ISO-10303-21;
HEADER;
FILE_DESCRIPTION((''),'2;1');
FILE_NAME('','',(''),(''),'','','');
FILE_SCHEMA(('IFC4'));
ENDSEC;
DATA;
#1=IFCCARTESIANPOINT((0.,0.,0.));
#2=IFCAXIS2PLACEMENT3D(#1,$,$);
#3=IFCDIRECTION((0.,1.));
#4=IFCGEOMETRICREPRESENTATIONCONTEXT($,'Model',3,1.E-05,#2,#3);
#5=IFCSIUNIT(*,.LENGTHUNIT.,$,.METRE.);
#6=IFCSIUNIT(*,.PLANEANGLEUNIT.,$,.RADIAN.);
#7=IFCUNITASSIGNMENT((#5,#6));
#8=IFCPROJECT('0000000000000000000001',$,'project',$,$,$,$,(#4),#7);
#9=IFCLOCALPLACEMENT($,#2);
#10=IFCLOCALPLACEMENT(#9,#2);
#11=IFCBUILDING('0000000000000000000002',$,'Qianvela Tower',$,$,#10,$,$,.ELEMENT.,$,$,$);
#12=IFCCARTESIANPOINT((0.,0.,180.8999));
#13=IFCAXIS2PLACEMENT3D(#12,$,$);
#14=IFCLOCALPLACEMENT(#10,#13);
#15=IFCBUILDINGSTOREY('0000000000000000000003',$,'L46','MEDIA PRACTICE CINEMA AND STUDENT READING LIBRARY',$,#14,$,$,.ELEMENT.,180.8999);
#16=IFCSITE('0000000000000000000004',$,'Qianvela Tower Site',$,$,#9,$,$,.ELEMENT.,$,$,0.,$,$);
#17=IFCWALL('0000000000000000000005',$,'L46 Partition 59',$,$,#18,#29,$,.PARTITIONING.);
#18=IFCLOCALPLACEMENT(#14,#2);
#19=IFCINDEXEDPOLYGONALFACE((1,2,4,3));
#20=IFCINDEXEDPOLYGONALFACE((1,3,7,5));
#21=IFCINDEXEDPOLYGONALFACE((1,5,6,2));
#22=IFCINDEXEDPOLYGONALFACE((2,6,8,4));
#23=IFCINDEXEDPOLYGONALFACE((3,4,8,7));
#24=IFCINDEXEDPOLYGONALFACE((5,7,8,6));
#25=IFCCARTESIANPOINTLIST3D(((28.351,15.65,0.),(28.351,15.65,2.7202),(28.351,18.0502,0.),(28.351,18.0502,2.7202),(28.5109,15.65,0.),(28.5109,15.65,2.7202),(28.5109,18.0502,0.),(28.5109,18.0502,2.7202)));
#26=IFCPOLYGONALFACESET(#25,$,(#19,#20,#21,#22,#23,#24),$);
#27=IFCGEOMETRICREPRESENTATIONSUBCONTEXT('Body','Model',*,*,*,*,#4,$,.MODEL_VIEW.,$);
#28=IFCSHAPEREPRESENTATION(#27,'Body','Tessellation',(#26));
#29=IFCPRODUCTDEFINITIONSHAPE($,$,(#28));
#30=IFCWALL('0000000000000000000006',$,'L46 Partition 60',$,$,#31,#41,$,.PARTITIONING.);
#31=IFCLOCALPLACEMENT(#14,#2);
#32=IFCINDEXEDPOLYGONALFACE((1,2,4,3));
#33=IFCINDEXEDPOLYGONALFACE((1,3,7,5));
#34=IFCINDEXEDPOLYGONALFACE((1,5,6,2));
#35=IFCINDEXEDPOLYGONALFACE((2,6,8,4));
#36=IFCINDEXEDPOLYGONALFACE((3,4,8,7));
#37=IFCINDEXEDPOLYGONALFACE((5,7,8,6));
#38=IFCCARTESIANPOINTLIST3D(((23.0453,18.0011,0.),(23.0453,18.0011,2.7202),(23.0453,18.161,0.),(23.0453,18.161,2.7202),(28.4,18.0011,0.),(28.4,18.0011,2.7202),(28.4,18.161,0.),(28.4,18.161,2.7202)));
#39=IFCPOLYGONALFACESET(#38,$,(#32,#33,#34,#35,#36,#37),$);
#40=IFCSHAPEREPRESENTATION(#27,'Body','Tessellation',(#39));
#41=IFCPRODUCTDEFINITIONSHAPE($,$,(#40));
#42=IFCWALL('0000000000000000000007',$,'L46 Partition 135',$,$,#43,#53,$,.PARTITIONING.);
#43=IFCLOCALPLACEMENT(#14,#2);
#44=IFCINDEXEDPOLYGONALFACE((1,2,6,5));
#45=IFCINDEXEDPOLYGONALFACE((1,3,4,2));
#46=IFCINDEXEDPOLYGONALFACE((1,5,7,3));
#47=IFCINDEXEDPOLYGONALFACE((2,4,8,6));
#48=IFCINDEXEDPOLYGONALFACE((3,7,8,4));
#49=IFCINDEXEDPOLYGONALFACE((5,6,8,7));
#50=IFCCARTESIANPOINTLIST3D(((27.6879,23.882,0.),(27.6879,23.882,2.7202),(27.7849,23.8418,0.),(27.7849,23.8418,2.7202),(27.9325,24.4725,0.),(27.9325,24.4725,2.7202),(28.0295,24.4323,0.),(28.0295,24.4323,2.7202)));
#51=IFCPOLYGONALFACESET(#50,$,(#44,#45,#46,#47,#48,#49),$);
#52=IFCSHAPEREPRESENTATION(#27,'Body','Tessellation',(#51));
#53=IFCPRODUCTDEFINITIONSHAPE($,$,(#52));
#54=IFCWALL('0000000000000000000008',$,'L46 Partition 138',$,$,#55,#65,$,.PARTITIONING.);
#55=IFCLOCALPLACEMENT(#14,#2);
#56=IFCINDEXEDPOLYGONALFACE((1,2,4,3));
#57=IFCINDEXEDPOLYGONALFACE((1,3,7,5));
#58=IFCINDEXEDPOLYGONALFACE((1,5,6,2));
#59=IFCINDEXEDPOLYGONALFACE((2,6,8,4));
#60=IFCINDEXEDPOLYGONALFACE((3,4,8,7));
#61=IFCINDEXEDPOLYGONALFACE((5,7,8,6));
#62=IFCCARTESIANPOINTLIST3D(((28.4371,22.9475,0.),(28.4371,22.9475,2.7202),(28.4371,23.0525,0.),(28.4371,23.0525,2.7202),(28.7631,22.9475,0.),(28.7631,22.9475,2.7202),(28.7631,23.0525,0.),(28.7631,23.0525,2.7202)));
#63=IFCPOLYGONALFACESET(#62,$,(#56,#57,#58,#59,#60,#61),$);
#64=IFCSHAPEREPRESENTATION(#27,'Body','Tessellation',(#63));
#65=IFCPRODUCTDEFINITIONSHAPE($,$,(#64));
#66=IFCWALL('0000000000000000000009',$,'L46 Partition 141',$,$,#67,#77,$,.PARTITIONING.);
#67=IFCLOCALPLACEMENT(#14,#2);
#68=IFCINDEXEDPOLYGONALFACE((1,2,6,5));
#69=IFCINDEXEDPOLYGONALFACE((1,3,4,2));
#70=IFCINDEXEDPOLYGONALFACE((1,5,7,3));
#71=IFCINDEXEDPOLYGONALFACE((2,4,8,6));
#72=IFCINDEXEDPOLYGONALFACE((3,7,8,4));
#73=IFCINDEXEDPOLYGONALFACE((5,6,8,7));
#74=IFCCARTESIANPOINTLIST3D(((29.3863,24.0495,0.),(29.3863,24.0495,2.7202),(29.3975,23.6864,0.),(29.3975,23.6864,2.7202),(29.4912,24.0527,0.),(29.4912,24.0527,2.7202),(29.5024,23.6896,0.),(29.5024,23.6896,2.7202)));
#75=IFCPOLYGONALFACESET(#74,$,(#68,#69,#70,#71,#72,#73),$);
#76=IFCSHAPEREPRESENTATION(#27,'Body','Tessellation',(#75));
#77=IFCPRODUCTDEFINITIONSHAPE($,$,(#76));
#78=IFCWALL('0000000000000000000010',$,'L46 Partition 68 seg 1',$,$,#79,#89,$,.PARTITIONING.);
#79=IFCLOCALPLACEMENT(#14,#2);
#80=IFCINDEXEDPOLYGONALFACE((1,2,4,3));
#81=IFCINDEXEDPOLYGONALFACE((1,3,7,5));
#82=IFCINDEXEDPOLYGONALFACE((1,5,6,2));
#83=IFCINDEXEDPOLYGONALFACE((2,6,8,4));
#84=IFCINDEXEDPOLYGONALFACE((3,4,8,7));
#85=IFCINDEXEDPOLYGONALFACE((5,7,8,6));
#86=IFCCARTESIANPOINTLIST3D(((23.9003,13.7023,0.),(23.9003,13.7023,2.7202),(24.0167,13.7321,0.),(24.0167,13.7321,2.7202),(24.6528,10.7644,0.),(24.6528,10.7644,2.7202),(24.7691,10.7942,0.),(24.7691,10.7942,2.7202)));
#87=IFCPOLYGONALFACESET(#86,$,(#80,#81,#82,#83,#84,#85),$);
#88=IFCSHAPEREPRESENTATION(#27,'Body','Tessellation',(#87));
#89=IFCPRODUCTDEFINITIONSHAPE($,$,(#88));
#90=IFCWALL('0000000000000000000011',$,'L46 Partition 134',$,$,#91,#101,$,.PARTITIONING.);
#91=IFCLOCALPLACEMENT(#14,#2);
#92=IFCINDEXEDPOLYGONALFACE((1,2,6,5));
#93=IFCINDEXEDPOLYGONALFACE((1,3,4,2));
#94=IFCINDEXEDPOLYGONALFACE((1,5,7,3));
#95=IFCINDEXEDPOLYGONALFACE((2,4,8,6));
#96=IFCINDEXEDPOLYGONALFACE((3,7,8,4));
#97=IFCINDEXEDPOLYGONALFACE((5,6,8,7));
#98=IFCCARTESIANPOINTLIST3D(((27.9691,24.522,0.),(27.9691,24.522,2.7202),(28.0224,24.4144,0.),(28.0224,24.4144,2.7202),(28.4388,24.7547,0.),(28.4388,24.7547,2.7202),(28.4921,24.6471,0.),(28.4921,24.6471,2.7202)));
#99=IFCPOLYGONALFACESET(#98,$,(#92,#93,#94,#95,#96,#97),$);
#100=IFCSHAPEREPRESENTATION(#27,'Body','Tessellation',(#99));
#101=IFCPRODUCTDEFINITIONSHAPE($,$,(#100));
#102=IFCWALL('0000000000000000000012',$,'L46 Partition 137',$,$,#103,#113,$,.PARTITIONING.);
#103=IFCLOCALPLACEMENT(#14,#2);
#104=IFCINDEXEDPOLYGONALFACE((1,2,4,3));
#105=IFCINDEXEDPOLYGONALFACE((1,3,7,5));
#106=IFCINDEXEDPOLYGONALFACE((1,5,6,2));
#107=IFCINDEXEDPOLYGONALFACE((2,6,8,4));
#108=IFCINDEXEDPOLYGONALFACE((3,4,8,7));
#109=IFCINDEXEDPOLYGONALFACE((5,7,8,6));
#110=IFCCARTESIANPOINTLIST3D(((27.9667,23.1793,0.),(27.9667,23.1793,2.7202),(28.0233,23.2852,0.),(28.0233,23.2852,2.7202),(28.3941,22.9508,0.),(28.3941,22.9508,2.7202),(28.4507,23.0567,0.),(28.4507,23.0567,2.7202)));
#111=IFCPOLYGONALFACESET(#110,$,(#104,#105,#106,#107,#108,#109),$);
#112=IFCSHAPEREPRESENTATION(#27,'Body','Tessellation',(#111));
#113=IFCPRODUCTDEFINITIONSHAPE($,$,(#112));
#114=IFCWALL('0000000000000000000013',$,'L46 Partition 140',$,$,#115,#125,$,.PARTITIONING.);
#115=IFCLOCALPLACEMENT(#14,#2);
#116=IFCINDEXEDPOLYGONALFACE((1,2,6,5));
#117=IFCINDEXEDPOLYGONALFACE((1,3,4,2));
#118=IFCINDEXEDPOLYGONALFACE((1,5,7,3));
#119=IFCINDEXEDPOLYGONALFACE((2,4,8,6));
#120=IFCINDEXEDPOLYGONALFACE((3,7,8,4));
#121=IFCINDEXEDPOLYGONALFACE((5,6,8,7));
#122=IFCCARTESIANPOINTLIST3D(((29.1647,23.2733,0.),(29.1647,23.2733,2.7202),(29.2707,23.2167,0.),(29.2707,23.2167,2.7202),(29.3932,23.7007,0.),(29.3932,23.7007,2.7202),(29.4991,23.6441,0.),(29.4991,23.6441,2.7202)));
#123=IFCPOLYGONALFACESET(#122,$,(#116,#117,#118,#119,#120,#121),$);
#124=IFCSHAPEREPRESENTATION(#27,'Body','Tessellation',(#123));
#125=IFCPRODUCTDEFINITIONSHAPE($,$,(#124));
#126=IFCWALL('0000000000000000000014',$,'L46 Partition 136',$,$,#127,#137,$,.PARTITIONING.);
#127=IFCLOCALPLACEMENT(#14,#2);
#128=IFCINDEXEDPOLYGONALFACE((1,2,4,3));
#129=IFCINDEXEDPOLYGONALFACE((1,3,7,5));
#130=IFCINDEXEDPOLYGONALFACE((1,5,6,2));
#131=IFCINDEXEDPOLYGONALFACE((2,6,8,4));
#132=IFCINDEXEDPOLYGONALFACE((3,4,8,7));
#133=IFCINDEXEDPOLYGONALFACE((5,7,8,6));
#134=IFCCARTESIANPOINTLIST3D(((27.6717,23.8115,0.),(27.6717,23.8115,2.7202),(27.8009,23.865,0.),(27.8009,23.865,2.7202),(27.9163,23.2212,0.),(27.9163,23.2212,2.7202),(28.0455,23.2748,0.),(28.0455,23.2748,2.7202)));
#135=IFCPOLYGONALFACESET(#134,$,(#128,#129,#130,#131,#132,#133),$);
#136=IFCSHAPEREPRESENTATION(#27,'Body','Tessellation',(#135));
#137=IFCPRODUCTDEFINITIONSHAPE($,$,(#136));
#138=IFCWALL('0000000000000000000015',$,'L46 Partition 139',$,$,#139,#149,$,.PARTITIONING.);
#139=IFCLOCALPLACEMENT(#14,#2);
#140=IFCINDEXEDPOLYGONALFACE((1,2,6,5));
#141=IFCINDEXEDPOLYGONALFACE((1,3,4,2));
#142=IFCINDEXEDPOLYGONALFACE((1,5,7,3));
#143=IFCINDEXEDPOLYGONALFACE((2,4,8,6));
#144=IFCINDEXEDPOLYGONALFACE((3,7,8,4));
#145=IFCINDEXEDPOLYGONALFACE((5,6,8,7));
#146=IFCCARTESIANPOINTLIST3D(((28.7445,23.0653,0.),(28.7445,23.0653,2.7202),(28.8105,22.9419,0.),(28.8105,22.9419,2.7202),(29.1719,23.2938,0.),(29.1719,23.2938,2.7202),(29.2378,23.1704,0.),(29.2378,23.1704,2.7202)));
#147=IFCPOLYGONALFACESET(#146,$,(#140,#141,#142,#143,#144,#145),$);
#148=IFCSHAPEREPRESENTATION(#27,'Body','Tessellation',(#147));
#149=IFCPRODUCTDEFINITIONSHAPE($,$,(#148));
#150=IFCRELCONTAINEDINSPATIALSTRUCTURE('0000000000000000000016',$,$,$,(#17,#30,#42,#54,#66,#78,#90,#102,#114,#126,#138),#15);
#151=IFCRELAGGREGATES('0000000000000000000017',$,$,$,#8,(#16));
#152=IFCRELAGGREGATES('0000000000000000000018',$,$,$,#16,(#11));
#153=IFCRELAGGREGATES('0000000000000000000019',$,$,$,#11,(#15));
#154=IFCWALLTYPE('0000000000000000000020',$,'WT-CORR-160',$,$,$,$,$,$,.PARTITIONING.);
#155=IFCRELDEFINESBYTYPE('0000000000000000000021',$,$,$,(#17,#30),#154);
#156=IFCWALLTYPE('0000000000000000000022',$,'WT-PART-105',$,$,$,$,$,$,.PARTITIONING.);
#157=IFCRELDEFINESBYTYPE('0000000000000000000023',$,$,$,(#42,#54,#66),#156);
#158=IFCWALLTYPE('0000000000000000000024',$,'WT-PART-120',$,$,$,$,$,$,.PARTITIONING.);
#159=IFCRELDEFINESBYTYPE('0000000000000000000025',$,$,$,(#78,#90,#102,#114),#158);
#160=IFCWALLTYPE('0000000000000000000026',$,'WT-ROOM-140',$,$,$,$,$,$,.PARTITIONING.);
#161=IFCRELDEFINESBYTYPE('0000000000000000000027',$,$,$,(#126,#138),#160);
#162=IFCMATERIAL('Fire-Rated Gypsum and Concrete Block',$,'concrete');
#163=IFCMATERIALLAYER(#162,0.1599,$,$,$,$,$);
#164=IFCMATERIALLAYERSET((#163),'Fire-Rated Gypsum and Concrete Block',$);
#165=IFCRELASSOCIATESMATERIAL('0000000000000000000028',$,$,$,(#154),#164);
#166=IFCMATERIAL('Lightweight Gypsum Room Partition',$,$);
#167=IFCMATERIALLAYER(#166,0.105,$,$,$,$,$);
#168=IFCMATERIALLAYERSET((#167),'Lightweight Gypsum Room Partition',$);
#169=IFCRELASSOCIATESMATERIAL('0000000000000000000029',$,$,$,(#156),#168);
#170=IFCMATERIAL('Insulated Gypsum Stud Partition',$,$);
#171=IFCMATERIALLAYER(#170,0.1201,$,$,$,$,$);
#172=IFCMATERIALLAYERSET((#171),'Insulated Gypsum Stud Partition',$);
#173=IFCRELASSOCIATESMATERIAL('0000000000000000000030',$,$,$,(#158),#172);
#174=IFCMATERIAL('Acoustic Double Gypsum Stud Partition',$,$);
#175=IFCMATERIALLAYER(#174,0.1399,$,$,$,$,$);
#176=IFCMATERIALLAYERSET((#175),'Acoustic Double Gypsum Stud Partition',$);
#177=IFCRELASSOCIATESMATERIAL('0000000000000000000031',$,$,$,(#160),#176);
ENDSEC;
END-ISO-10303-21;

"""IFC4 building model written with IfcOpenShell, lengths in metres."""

from ifc_helpers import new_model, si_unit, direction, frame, frame_2d, origin, place, context, subcontext, project, spatial, rectangle, extrude, material, layer, layer_set, type_object, element, save


model = new_model("IFC4")

# Units and contexts
model_context = context("Model", 3, precision=1e-05, world=origin(), true_north=direction((0.0, 1.0)))
body_context = subcontext(model_context, "Body", "Model", "MODEL_VIEW")
ifc_project = project(units=[si_unit("LENGTHUNIT", "METRE"), si_unit("PLANEANGLEUNIT", "RADIAN")], contexts=[model_context])

# Site, building, storey
site_placement = place(None, origin())
site = spatial("IfcSite", under=ifc_project, at=site_placement, Name="Qianvela Tower Site", CompositionType="ELEMENT", RefElevation=0.0)
building_placement = place(site_placement, origin())
building = spatial("IfcBuilding", under=site, at=building_placement, Name="Qianvela Tower", CompositionType="ELEMENT")
storey_placement = place(building_placement, frame((0.0, 0.0, 180.8999)))
storey = spatial("IfcBuildingStorey", under=building, at=storey_placement, Name="L46", Description="MEDIA PRACTICE CINEMA AND STUDENT READING LIBRARY", CompositionType="ELEMENT", Elevation=180.8999)

# Walls
ifc_material_1 = material(Name="Fire-Rated Gypsum and Concrete Block", Category="concrete")
ifc_layer_1 = layer(ifc_material_1, 0.1599)
ifc_layer_set_1 = layer_set([ifc_layer_1], Name="Fire-Rated Gypsum and Concrete Block")
wall_type_1 = type_object("IfcWallType", Name="WT-CORR-160", PredefinedType="PARTITIONING", material=ifc_layer_set_1)
wall_1_placement = place(storey_placement, frame((28.4309, 15.6499, 0.0), z_axis=(0.0, 0.0, 1.0), x_axis=(0.0, 1.0, 0.0)))
element("IfcWall", 1, at=wall_1_placement, inside=storey, type_object=wall_type_1, Name="L46 Partition 59", PredefinedType="PARTITIONING", context=body_context, shape_type="SweptSolid", body=[
    extrude(rectangle(XDim=2.4001, YDim=0.1599, at=frame_2d((1.2002, 0.0))), origin(), (0.0, 0.0, 1.0), 2.7202),
])
wall_2_placement = place(storey_placement, frame((28.3999, 18.0811, 0.0), z_axis=(0.0, 0.0, 1.0), x_axis=(-1.0, 0.0, 0.0)))
element("IfcWall", 2, at=wall_2_placement, inside=storey, type_object=wall_type_1, Name="L46 Partition 60", PredefinedType="PARTITIONING", context=body_context, shape_type="SweptSolid", body=[
    extrude(rectangle(XDim=5.3547, YDim=0.1599, at=frame_2d((2.6772, 0.0))), origin(), (0.0, 0.0, 1.0), 2.7202),
])
ifc_material_2 = material(Name="Lightweight Gypsum Room Partition")
ifc_layer_2 = layer(ifc_material_2, 0.105)
ifc_layer_set_2 = layer_set([ifc_layer_2], Name="Lightweight Gypsum Room Partition")
wall_type_2 = type_object("IfcWallType", Name="WT-PART-105", PredefinedType="PARTITIONING", material=ifc_layer_set_2)
wall_3_placement = place(storey_placement, frame((27.981, 24.4524, 0.0), z_axis=(0.0, 0.0, 1.0), x_axis=(-0.382689, -0.923877, 0.0)))
element("IfcWall", 3, at=wall_3_placement, inside=storey, type_object=wall_type_2, Name="L46 Partition 135", PredefinedType="PARTITIONING", context=body_context, shape_type="SweptSolid", body=[
    extrude(rectangle(XDim=0.6392, YDim=0.105, at=frame_2d((0.3196, 0.0))), origin(), (0.0, 0.0, 1.0), 2.7202),
])
wall_4_placement = place(storey_placement, frame((28.437, 23.0, 0.0), z_axis=(0.0, 0.0, 1.0), x_axis=(1.0, 0.0, 0.0)))
element("IfcWall", 4, at=wall_4_placement, inside=storey, type_object=wall_type_2, Name="L46 Partition 138", PredefinedType="PARTITIONING", context=body_context, shape_type="SweptSolid", body=[
    extrude(rectangle(XDim=0.3259, YDim=0.105, at=frame_2d((0.1631, 0.0))), origin(), (0.0, 0.0, 1.0), 2.7202),
])
wall_5_placement = place(storey_placement, frame((29.45, 23.688, 0.0), z_axis=(0.0, 0.0, 1.0), x_axis=(-0.03092, 0.999522, 0.0)))
element("IfcWall", 5, at=wall_5_placement, inside=storey, type_object=wall_type_2, Name="L46 Partition 141", PredefinedType="PARTITIONING", context=body_context, shape_type="SweptSolid", body=[
    extrude(rectangle(XDim=0.3633, YDim=0.105, at=frame_2d((0.1816, 0.0))), origin(), (0.0, 0.0, 1.0), 2.7202),
])
ifc_material_3 = material(Name="Insulated Gypsum Stud Partition")
ifc_layer_3 = layer(ifc_material_3, 0.1201)
ifc_layer_set_3 = layer_set([ifc_layer_3], Name="Insulated Gypsum Stud Partition")
wall_type_3 = type_object("IfcWallType", Name="WT-PART-120", PredefinedType="PARTITIONING", material=ifc_layer_set_3)
wall_6_placement = place(storey_placement, frame((24.7109, 10.7793, 0.0), z_axis=(0.0, 0.0, 1.0), x_axis=(-0.2481, 0.968734, 0.0)))
element("IfcWall", 6, at=wall_6_placement, inside=storey, type_object=wall_type_3, Name="L46 Partition 68 seg 1", PredefinedType="PARTITIONING", context=body_context, shape_type="SweptSolid", body=[
    extrude(rectangle(XDim=3.0327, YDim=0.1201, at=frame_2d((1.5164, 0.0))), origin(), (0.0, 0.0, 1.0), 2.7202),
])
wall_7_placement = place(storey_placement, frame((28.4656, 24.7009, 0.0), z_axis=(0.0, 0.0, 1.0), x_axis=(-0.896098, -0.443857, 0.0)))
element("IfcWall", 7, at=wall_7_placement, inside=storey, type_object=wall_type_3, Name="L46 Partition 134", PredefinedType="PARTITIONING", context=body_context, shape_type="SweptSolid", body=[
    extrude(rectangle(XDim=0.5242, YDim=0.1201, at=frame_2d((0.2622, 0.0))), origin(), (0.0, 0.0, 1.0), 2.7202),
])
for number, where, z_axis, x_axis, name in (
    (8, (27.9951, 23.2322, 0.0), (0.0, 0.0, 1.0), (0.881906, -0.471425, 0.0), "L46 Partition 137"),
    (9, (29.2178, 23.2451, 0.0), (0.0, 0.0, 1.0), (0.471425, 0.881906, 0.0), "L46 Partition 140"),
):
    element("IfcWall", number, at=place(storey_placement, frame(where, z_axis=z_axis, x_axis=x_axis)), inside=storey, type_object=wall_type_3, Name=name, PredefinedType="PARTITIONING", context=body_context, shape_type="SweptSolid", body=[
        extrude(rectangle(XDim=0.4846, YDim=0.1201, at=frame_2d((0.2422, 0.0))), origin(), (0.0, 0.0, 1.0), 2.7202),
    ])
ifc_material_4 = material(Name="Acoustic Double Gypsum Stud Partition")
ifc_layer_4 = layer(ifc_material_4, 0.1399)
ifc_layer_set_4 = layer_set([ifc_layer_4], Name="Acoustic Double Gypsum Stud Partition")
wall_type_4 = type_object("IfcWallType", Name="WT-ROOM-140", PredefinedType="PARTITIONING", material=ifc_layer_set_4)
wall_8_placement = place(storey_placement, frame((27.7363, 23.8381, 0.0), z_axis=(0.0, 0.0, 1.0), x_axis=(0.382824, -0.923821, 0.0)))
element("IfcWall", 10, at=wall_8_placement, inside=storey, type_object=wall_type_4, Name="L46 Partition 136", PredefinedType="PARTITIONING", context=body_context, shape_type="SweptSolid", body=[
    extrude(rectangle(XDim=0.6389, YDim=0.1399, at=frame_2d((0.3193, 0.0))), origin(), (0.0, 0.0, 1.0), 2.7202),
])
wall_9_placement = place(storey_placement, frame((28.7776, 23.0037, 0.0), z_axis=(0.0, 0.0, 1.0), x_axis=(0.881906, 0.471425, 0.0)))
element("IfcWall", 11, at=wall_9_placement, inside=storey, type_object=wall_type_4, Name="L46 Partition 139", PredefinedType="PARTITIONING", context=body_context, shape_type="SweptSolid", body=[
    extrude(rectangle(XDim=0.4846, YDim=0.1399, at=frame_2d((0.2422, 0.0))), origin(), (0.0, 0.0, 1.0), 2.7202),
])

save(model, "model.ifc")
